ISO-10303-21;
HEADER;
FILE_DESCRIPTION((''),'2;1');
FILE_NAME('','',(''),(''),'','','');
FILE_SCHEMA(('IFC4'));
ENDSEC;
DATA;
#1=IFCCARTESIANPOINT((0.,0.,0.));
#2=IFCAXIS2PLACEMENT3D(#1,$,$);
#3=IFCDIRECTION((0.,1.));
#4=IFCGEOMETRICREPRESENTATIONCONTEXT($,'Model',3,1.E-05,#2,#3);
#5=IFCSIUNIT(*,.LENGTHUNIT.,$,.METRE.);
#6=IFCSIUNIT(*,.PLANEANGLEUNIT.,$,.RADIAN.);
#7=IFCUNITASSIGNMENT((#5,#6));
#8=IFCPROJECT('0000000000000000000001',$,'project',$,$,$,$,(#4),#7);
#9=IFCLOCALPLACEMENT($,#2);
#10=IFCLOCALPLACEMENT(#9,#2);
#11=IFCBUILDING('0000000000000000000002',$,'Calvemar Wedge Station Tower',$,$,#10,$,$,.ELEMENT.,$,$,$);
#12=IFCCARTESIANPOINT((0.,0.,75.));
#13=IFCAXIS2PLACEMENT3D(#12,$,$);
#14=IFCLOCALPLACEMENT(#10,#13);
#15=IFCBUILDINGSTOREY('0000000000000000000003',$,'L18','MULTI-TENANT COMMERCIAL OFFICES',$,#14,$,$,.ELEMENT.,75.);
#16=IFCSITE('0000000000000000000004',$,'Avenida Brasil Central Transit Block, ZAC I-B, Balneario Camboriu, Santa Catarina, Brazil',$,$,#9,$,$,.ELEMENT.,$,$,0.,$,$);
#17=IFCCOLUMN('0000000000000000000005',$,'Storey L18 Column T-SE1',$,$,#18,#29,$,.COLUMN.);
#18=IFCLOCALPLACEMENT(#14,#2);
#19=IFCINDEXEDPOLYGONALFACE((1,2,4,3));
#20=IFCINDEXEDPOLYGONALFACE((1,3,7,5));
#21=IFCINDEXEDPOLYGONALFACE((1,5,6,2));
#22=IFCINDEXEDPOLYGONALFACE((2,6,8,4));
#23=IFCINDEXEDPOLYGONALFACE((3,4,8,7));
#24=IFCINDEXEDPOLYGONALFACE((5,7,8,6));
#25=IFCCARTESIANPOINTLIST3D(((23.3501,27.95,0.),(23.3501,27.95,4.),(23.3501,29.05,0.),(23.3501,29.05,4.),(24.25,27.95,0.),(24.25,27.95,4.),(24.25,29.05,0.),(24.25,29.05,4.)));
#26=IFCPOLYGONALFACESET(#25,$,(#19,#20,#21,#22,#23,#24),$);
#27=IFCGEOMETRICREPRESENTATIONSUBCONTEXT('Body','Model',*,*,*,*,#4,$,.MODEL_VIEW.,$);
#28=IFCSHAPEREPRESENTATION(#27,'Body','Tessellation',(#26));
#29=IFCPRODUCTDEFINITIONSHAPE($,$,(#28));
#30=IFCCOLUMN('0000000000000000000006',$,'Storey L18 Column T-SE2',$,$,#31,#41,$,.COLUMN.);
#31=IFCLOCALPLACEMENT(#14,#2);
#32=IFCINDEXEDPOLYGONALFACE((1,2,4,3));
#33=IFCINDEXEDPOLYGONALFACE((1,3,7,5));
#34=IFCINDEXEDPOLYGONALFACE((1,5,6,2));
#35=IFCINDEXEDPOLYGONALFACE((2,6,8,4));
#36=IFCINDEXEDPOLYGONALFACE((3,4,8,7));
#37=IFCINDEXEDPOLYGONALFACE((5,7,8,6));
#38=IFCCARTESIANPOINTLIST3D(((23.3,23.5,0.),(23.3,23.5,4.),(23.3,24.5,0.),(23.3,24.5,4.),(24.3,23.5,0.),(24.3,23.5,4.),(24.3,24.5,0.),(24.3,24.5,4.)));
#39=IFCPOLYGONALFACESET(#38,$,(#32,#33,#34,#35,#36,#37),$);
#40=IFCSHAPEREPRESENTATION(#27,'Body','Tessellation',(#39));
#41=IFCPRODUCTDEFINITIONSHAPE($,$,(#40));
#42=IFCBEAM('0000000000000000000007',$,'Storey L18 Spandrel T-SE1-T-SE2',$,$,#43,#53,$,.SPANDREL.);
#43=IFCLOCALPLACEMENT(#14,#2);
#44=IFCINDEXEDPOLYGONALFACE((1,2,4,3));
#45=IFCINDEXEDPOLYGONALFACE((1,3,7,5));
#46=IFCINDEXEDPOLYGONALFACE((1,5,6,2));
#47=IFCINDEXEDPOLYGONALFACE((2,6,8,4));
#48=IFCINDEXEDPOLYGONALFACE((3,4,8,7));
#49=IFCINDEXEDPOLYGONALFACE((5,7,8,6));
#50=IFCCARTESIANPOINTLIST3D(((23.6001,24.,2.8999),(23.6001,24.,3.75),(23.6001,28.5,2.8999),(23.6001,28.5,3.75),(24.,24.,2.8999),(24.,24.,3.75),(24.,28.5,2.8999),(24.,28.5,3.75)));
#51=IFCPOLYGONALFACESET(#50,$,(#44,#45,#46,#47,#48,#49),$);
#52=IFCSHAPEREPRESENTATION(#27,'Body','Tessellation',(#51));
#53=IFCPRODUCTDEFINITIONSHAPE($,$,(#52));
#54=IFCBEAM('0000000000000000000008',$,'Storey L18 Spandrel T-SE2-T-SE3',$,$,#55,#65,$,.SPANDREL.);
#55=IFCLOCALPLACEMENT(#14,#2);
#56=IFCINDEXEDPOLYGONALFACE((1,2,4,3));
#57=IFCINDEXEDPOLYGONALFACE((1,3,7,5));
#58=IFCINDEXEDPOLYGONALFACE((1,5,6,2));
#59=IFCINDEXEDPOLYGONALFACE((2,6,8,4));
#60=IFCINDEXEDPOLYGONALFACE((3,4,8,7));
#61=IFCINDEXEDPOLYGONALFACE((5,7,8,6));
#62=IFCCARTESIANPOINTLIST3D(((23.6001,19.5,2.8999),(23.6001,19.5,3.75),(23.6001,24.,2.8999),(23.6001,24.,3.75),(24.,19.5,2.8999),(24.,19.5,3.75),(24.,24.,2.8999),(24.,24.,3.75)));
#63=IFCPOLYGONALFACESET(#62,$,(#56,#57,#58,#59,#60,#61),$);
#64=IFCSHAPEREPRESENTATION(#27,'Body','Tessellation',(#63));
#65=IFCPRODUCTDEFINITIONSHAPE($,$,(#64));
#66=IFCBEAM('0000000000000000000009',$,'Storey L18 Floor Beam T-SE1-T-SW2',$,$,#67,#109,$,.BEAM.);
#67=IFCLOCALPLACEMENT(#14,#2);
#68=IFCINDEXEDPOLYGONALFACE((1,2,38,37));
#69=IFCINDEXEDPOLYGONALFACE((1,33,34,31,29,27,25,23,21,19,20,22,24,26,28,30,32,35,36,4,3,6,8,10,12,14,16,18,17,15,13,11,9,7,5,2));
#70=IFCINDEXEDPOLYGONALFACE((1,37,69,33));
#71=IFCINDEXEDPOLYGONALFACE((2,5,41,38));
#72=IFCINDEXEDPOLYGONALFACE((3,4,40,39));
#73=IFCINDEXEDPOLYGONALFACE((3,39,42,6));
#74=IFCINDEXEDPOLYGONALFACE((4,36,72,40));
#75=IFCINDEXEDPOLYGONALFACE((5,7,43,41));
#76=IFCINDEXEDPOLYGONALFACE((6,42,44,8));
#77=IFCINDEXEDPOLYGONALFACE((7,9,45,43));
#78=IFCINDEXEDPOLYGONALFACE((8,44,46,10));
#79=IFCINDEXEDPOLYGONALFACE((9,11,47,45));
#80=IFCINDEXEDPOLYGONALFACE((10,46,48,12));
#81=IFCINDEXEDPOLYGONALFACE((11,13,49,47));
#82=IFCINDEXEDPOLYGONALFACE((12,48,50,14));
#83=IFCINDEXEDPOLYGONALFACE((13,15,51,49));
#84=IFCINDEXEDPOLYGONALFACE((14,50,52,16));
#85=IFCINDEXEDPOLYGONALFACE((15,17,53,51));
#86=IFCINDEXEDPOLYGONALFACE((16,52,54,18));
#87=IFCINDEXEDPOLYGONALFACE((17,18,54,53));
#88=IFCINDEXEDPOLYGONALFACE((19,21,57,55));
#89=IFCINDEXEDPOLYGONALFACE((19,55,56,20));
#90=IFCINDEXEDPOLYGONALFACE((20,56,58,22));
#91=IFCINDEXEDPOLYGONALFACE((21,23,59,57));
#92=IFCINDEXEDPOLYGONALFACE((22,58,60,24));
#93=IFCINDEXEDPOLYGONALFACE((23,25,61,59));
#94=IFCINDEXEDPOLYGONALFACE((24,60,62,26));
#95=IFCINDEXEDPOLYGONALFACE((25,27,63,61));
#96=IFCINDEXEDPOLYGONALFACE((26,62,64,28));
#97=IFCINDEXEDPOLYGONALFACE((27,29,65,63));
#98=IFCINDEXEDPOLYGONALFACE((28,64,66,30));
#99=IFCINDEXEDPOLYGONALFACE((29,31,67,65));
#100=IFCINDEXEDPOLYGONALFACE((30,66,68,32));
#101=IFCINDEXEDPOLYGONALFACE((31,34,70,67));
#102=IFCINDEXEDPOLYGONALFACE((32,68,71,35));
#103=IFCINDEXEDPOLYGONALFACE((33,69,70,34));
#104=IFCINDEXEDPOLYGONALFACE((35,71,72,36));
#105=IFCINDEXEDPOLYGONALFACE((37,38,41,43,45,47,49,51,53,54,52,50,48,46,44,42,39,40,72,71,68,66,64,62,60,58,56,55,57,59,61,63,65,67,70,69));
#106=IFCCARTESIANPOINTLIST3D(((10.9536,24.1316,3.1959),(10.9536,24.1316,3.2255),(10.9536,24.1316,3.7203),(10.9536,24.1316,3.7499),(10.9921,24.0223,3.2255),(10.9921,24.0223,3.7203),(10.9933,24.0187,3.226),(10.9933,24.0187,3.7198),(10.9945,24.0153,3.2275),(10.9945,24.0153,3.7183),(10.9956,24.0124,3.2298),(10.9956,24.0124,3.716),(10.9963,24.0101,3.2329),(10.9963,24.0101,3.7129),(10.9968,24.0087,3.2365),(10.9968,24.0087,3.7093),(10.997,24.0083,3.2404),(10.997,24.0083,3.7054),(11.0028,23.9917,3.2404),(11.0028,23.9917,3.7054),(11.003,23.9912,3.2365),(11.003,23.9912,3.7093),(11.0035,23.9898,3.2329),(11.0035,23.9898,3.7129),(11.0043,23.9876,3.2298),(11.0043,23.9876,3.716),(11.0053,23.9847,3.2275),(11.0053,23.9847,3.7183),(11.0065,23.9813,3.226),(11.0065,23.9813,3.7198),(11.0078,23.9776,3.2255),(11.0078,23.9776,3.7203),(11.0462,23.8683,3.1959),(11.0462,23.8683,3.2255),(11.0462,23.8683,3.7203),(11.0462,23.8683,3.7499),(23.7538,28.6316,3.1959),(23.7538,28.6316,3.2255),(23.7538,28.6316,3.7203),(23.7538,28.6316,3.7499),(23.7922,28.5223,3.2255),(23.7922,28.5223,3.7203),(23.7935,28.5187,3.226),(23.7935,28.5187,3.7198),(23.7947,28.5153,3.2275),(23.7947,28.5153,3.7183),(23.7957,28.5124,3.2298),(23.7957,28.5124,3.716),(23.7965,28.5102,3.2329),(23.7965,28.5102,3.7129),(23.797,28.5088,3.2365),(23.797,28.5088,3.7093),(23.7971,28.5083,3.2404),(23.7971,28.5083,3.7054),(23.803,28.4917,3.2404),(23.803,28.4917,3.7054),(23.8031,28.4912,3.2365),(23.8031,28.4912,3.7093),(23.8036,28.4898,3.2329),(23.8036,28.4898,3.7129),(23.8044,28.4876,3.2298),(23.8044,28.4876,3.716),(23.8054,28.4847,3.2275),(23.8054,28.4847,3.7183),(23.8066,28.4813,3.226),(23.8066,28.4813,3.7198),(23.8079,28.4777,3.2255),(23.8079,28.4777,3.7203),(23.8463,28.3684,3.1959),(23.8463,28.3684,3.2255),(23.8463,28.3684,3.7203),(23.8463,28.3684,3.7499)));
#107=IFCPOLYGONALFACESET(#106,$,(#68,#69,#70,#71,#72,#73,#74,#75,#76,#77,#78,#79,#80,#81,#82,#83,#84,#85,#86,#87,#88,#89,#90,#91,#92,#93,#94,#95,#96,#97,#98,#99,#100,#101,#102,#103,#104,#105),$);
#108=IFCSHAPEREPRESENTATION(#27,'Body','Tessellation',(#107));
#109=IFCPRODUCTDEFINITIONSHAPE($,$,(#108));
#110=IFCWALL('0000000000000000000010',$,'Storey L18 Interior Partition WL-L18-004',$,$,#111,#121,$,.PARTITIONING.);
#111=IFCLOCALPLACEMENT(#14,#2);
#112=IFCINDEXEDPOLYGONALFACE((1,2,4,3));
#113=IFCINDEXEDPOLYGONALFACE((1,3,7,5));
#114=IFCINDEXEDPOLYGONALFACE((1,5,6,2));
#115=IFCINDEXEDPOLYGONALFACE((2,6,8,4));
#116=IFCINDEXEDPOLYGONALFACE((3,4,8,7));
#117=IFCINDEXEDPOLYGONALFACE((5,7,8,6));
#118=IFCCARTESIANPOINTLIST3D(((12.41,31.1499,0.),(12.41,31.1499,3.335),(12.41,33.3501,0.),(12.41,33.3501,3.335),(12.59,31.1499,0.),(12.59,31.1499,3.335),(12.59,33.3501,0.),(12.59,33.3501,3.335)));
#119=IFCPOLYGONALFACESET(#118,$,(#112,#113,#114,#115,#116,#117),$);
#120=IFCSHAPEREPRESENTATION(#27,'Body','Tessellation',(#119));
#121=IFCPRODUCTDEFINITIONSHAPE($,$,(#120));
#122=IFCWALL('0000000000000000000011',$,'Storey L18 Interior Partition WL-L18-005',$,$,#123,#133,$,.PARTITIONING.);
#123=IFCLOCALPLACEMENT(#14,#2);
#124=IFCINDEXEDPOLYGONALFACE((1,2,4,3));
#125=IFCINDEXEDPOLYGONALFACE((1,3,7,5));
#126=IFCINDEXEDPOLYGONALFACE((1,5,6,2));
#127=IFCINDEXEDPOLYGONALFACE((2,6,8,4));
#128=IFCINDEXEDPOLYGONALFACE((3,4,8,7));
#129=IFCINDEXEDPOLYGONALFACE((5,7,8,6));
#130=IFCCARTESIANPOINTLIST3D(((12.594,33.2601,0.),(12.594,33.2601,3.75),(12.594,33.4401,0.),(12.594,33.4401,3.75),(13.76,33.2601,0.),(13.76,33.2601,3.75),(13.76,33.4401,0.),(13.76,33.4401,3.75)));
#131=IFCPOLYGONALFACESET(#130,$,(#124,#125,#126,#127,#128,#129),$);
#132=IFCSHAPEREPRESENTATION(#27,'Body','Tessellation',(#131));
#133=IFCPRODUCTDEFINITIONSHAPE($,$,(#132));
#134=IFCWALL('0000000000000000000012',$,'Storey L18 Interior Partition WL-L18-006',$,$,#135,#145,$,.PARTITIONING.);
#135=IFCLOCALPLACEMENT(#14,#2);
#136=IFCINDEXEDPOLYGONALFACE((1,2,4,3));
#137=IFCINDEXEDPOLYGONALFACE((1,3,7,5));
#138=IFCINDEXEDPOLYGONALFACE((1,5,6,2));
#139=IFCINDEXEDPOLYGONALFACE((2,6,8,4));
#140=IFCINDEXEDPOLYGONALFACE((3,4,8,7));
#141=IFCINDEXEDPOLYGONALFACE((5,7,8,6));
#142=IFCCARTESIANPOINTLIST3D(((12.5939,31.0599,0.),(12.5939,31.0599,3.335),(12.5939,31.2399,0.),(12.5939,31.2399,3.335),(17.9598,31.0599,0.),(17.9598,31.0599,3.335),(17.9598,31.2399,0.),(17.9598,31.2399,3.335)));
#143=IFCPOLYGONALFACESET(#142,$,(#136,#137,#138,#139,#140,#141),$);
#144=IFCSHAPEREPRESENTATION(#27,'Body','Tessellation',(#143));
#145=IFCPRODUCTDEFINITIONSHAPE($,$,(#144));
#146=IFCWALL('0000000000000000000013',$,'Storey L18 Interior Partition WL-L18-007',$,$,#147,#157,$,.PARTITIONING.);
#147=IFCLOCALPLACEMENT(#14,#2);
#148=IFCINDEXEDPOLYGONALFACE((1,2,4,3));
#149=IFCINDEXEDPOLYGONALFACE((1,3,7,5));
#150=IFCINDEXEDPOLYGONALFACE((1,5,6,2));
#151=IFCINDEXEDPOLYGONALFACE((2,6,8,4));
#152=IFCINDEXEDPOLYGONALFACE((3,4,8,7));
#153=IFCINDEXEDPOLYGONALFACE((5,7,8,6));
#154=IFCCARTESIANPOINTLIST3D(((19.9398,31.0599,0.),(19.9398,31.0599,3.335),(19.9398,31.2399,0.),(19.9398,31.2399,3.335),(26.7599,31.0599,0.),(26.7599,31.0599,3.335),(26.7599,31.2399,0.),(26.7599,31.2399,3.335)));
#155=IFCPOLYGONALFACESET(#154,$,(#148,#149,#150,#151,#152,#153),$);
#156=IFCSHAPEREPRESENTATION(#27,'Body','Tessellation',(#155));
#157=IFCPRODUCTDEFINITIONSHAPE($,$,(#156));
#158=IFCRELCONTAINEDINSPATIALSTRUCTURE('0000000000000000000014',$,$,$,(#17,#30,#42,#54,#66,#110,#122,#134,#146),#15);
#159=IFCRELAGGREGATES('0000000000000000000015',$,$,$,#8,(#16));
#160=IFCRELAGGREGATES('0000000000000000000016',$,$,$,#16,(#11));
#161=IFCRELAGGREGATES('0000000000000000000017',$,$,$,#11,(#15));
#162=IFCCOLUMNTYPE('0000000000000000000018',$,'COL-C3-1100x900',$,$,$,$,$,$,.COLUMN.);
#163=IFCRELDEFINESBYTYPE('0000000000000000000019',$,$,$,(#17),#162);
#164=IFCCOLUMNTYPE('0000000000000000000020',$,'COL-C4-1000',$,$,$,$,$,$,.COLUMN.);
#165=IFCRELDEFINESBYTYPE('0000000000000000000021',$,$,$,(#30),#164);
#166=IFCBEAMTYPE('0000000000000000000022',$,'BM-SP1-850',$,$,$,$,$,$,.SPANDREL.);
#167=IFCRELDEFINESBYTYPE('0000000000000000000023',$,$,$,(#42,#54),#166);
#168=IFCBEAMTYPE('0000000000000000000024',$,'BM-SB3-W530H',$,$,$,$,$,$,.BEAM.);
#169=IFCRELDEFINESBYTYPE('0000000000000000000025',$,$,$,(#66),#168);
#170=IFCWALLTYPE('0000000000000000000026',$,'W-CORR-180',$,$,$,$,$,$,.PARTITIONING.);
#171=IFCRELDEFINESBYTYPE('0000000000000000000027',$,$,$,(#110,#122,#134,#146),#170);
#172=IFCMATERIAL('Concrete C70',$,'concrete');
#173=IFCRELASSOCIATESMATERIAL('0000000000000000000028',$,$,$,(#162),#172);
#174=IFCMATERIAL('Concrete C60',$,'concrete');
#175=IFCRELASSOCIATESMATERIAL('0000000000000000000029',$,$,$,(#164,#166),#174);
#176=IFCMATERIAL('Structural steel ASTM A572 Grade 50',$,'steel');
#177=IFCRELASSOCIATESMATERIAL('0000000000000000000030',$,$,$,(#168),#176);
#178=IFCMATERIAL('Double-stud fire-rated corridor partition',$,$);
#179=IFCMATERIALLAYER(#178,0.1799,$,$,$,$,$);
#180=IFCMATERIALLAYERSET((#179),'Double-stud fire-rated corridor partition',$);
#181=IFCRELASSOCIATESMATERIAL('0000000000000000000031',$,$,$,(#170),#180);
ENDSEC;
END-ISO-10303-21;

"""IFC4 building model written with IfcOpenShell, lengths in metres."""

from ifc_helpers import new_model, si_unit, direction, frame, frame_2d, origin, origin_2d, place, context, subcontext, project, spatial, rectangle, i_section, extrude, source, transform, mapped, material, layer, layer_set, material_profile, profile_set, type_object, element, save


model = new_model("IFC4")

# Units and contexts
model_context = context("Model", 3, precision=1e-05, world=origin(), true_north=direction((0.0, 1.0)))
body_context = subcontext(model_context, "Body", "Model", "MODEL_VIEW")
ifc_project = project(units=[si_unit("LENGTHUNIT", "METRE"), si_unit("PLANEANGLEUNIT", "RADIAN")], contexts=[model_context])

# Site, building, storey
site_placement = place(None, origin())
site = spatial("IfcSite", under=ifc_project, at=site_placement, Name="Avenida Brasil Central Transit Block, ZAC I-B, Balneario Camboriu, Santa Catarina, Brazil", CompositionType="ELEMENT", RefElevation=0.0)
building_placement = place(site_placement, origin())
building = spatial("IfcBuilding", under=site, at=building_placement, Name="Calvemar Wedge Station Tower", CompositionType="ELEMENT")
storey_placement = place(building_placement, frame((0.0, 0.0, 75.0)))
storey = spatial("IfcBuildingStorey", under=building, at=storey_placement, Name="L18", Description="MULTI-TENANT COMMERCIAL OFFICES", CompositionType="ELEMENT", Elevation=75.0)

# Columns
ifc_material_1 = material(Name="Concrete C70", Category="concrete")
ifc_material_profile_1 = material_profile(ifc_material_1, rectangle(XDim=0.8999, YDim=1.1001, at=origin_2d()), Name="RC1100x900")
ifc_profile_set_1 = profile_set([ifc_material_profile_1], Name="Concrete C70")
column_type_1 = type_object("IfcColumnType", Name="COL-C3-1100x900", PredefinedType="COLUMN", material=ifc_profile_set_1)
shared_shape_1 = source(origin(), body_context, "Body", "SweptSolid", [
    extrude(rectangle(XDim=0.8999, YDim=1.1001, at=origin_2d()), origin(), (0.0, 0.0, 1.0), 4.0),
])
column_1_placement = place(storey_placement, frame((23.8, 28.5, 0.0), z_axis=(0.0, 0.0, 1.0), x_axis=(1.0, 0.0, 0.0)))
element("IfcColumn", 1, at=column_1_placement, inside=storey, type_object=column_type_1, Name="Storey L18 Column T-SE1", PredefinedType="COLUMN", context=body_context, shape_type="MappedRepresentation", body=[
    mapped(shared_shape_1, transform((0.0, 0.0, 0.0), scale=1.0)),
])
ifc_material_2 = material(Name="Concrete C60", Category="concrete")
ifc_material_profile_2 = material_profile(ifc_material_2, rectangle(XDim=1.0, YDim=1.0, at=origin_2d()), Name="RC1000x1000")
ifc_profile_set_2 = profile_set([ifc_material_profile_2], Name="Concrete C60")
column_type_2 = type_object("IfcColumnType", Name="COL-C4-1000", PredefinedType="COLUMN", material=ifc_profile_set_2)
shared_shape_2 = source(origin(), body_context, "Body", "SweptSolid", [
    extrude(rectangle(XDim=1.0, YDim=1.0, at=origin_2d()), origin(), (0.0, 0.0, 1.0), 4.0),
])
column_2_placement = place(storey_placement, frame((23.8, 24.0, 0.0), z_axis=(0.0, 0.0, 1.0), x_axis=(1.0, 0.0, 0.0)))
element("IfcColumn", 2, at=column_2_placement, inside=storey, type_object=column_type_2, Name="Storey L18 Column T-SE2", PredefinedType="COLUMN", context=body_context, shape_type="MappedRepresentation", body=[
    mapped(shared_shape_2, transform((0.0, 0.0, 0.0), scale=1.0)),
])

# Beams
ifc_material_profile_3 = material_profile(ifc_material_2, rectangle(XDim=0.3999, YDim=0.8501, at=origin_2d()), Name="RC400x850")
ifc_profile_set_3 = profile_set([ifc_material_profile_3], Name="Concrete C60")
beam_type_1 = type_object("IfcBeamType", Name="BM-SP1-850", PredefinedType="SPANDREL", material=ifc_profile_set_3)
shared_shape_3 = source(origin(), body_context, "Body", "SweptSolid", [
    extrude(rectangle(XDim=0.3999, YDim=0.8501, at=origin_2d()), origin(), (0.0, 0.0, 1.0), 4.5),
])
for number, where, z_axis, x_axis, name in (
    (3, (23.8, 28.5, 3.325), (0.0, -1.0, 0.0), (1.0, 0.0, 0.0), "Storey L18 Spandrel T-SE1-T-SE2"),
    (4, (23.8, 24.0, 3.325), (0.0, -1.0, 0.0), (1.0, 0.0, 0.0), "Storey L18 Spandrel T-SE2-T-SE3"),
):
    element("IfcBeam", number, at=place(storey_placement, frame(where, z_axis=z_axis, x_axis=x_axis)), inside=storey, type_object=beam_type_1, Name=name, PredefinedType="SPANDREL", context=body_context, shape_type="MappedRepresentation", body=[
        mapped(shared_shape_3, transform((0.0, 0.0, 0.0), scale=1.0)),
    ])
ifc_material_3 = material(Name="Structural steel ASTM A572 Grade 50", Category="steel")
ifc_material_profile_4 = material_profile(ifc_material_3, i_section(OverallWidth=0.2791, OverallDepth=0.554, WebThickness=0.0176, FlangeThickness=0.0295, FilletRadius=0.0149, at=origin_2d()), Name="W530x196")
ifc_profile_set_4 = profile_set([ifc_material_profile_4], Name="Structural steel ASTM A572 Grade 50")
beam_type_2 = type_object("IfcBeamType", Name="BM-SB3-W530H", PredefinedType="BEAM", material=ifc_profile_set_4)
shared_shape_4 = source(origin(), body_context, "Body", "SweptSolid", [
    extrude(i_section(OverallWidth=0.2791, OverallDepth=0.554, WebThickness=0.0176, FlangeThickness=0.0295, FilletRadius=0.0149, at=origin_2d()), origin(), (0.0, 0.0, 1.0), 13.5681),
])
beam_placement = place(storey_placement, frame((23.8, 28.5, 3.4729), z_axis=(-0.943398, -0.331662, 0.0), x_axis=(0.331662, -0.943398, 0.0)))
element("IfcBeam", 5, at=beam_placement, inside=storey, type_object=beam_type_2, Name="Storey L18 Floor Beam T-SE1-T-SW2", PredefinedType="BEAM", context=body_context, shape_type="MappedRepresentation", body=[
    mapped(shared_shape_4, transform((0.0, 0.0, 0.0), scale=1.0)),
])

# Walls
ifc_material_4 = material(Name="Double-stud fire-rated corridor partition")
ifc_layer_1 = layer(ifc_material_4, 0.1799)
ifc_layer_set_1 = layer_set([ifc_layer_1], Name="Double-stud fire-rated corridor partition")
wall_type_1 = type_object("IfcWallType", Name="W-CORR-180", PredefinedType="PARTITIONING", material=ifc_layer_set_1)
wall_1_placement = place(storey_placement, frame((12.5, 31.1499, 0.0), z_axis=(0.0, 0.0, 1.0), x_axis=(0.0, 1.0, 0.0)))
element("IfcWall", 6, at=wall_1_placement, inside=storey, type_object=wall_type_1, Name="Storey L18 Interior Partition WL-L18-004", PredefinedType="PARTITIONING", context=body_context, shape_type="SweptSolid", body=[
    extrude(rectangle(XDim=2.2002, YDim=0.1799, at=frame_2d((1.1001, 0.0))), origin(), (0.0, 0.0, 1.0), 3.335),
])
wall_2_placement = place(storey_placement, frame((12.594, 33.3501, 0.0), z_axis=(0.0, 0.0, 1.0), x_axis=(1.0, 0.0, 0.0)))
element("IfcWall", 7, at=wall_2_placement, inside=storey, type_object=wall_type_1, Name="Storey L18 Interior Partition WL-L18-005", PredefinedType="PARTITIONING", context=body_context, shape_type="SweptSolid", body=[
    extrude(rectangle(XDim=1.166, YDim=0.1799, at=frame_2d((0.583, 0.0))), origin(), (0.0, 0.0, 1.0), 3.75),
])
wall_3_placement = place(storey_placement, frame((17.96, 31.1499, 0.0), z_axis=(0.0, 0.0, 1.0), x_axis=(-1.0, 0.0, 0.0)))
element("IfcWall", 8, at=wall_3_placement, inside=storey, type_object=wall_type_1, Name="Storey L18 Interior Partition WL-L18-006", PredefinedType="PARTITIONING", context=body_context, shape_type="SweptSolid", body=[
    extrude(rectangle(XDim=5.366, YDim=0.1799, at=frame_2d((2.6831, 0.0))), origin(), (0.0, 0.0, 1.0), 3.335),
])
wall_4_placement = place(storey_placement, frame((26.76, 31.1499, 0.0), z_axis=(0.0, 0.0, 1.0), x_axis=(-1.0, 0.0, 0.0)))
element("IfcWall", 9, at=wall_4_placement, inside=storey, type_object=wall_type_1, Name="Storey L18 Interior Partition WL-L18-007", PredefinedType="PARTITIONING", context=body_context, shape_type="SweptSolid", body=[
    extrude(rectangle(XDim=6.8201, YDim=0.1799, at=frame_2d((3.4102, 0.0))), origin(), (0.0, 0.0, 1.0), 3.335),
])

save(model, "model.ifc")
